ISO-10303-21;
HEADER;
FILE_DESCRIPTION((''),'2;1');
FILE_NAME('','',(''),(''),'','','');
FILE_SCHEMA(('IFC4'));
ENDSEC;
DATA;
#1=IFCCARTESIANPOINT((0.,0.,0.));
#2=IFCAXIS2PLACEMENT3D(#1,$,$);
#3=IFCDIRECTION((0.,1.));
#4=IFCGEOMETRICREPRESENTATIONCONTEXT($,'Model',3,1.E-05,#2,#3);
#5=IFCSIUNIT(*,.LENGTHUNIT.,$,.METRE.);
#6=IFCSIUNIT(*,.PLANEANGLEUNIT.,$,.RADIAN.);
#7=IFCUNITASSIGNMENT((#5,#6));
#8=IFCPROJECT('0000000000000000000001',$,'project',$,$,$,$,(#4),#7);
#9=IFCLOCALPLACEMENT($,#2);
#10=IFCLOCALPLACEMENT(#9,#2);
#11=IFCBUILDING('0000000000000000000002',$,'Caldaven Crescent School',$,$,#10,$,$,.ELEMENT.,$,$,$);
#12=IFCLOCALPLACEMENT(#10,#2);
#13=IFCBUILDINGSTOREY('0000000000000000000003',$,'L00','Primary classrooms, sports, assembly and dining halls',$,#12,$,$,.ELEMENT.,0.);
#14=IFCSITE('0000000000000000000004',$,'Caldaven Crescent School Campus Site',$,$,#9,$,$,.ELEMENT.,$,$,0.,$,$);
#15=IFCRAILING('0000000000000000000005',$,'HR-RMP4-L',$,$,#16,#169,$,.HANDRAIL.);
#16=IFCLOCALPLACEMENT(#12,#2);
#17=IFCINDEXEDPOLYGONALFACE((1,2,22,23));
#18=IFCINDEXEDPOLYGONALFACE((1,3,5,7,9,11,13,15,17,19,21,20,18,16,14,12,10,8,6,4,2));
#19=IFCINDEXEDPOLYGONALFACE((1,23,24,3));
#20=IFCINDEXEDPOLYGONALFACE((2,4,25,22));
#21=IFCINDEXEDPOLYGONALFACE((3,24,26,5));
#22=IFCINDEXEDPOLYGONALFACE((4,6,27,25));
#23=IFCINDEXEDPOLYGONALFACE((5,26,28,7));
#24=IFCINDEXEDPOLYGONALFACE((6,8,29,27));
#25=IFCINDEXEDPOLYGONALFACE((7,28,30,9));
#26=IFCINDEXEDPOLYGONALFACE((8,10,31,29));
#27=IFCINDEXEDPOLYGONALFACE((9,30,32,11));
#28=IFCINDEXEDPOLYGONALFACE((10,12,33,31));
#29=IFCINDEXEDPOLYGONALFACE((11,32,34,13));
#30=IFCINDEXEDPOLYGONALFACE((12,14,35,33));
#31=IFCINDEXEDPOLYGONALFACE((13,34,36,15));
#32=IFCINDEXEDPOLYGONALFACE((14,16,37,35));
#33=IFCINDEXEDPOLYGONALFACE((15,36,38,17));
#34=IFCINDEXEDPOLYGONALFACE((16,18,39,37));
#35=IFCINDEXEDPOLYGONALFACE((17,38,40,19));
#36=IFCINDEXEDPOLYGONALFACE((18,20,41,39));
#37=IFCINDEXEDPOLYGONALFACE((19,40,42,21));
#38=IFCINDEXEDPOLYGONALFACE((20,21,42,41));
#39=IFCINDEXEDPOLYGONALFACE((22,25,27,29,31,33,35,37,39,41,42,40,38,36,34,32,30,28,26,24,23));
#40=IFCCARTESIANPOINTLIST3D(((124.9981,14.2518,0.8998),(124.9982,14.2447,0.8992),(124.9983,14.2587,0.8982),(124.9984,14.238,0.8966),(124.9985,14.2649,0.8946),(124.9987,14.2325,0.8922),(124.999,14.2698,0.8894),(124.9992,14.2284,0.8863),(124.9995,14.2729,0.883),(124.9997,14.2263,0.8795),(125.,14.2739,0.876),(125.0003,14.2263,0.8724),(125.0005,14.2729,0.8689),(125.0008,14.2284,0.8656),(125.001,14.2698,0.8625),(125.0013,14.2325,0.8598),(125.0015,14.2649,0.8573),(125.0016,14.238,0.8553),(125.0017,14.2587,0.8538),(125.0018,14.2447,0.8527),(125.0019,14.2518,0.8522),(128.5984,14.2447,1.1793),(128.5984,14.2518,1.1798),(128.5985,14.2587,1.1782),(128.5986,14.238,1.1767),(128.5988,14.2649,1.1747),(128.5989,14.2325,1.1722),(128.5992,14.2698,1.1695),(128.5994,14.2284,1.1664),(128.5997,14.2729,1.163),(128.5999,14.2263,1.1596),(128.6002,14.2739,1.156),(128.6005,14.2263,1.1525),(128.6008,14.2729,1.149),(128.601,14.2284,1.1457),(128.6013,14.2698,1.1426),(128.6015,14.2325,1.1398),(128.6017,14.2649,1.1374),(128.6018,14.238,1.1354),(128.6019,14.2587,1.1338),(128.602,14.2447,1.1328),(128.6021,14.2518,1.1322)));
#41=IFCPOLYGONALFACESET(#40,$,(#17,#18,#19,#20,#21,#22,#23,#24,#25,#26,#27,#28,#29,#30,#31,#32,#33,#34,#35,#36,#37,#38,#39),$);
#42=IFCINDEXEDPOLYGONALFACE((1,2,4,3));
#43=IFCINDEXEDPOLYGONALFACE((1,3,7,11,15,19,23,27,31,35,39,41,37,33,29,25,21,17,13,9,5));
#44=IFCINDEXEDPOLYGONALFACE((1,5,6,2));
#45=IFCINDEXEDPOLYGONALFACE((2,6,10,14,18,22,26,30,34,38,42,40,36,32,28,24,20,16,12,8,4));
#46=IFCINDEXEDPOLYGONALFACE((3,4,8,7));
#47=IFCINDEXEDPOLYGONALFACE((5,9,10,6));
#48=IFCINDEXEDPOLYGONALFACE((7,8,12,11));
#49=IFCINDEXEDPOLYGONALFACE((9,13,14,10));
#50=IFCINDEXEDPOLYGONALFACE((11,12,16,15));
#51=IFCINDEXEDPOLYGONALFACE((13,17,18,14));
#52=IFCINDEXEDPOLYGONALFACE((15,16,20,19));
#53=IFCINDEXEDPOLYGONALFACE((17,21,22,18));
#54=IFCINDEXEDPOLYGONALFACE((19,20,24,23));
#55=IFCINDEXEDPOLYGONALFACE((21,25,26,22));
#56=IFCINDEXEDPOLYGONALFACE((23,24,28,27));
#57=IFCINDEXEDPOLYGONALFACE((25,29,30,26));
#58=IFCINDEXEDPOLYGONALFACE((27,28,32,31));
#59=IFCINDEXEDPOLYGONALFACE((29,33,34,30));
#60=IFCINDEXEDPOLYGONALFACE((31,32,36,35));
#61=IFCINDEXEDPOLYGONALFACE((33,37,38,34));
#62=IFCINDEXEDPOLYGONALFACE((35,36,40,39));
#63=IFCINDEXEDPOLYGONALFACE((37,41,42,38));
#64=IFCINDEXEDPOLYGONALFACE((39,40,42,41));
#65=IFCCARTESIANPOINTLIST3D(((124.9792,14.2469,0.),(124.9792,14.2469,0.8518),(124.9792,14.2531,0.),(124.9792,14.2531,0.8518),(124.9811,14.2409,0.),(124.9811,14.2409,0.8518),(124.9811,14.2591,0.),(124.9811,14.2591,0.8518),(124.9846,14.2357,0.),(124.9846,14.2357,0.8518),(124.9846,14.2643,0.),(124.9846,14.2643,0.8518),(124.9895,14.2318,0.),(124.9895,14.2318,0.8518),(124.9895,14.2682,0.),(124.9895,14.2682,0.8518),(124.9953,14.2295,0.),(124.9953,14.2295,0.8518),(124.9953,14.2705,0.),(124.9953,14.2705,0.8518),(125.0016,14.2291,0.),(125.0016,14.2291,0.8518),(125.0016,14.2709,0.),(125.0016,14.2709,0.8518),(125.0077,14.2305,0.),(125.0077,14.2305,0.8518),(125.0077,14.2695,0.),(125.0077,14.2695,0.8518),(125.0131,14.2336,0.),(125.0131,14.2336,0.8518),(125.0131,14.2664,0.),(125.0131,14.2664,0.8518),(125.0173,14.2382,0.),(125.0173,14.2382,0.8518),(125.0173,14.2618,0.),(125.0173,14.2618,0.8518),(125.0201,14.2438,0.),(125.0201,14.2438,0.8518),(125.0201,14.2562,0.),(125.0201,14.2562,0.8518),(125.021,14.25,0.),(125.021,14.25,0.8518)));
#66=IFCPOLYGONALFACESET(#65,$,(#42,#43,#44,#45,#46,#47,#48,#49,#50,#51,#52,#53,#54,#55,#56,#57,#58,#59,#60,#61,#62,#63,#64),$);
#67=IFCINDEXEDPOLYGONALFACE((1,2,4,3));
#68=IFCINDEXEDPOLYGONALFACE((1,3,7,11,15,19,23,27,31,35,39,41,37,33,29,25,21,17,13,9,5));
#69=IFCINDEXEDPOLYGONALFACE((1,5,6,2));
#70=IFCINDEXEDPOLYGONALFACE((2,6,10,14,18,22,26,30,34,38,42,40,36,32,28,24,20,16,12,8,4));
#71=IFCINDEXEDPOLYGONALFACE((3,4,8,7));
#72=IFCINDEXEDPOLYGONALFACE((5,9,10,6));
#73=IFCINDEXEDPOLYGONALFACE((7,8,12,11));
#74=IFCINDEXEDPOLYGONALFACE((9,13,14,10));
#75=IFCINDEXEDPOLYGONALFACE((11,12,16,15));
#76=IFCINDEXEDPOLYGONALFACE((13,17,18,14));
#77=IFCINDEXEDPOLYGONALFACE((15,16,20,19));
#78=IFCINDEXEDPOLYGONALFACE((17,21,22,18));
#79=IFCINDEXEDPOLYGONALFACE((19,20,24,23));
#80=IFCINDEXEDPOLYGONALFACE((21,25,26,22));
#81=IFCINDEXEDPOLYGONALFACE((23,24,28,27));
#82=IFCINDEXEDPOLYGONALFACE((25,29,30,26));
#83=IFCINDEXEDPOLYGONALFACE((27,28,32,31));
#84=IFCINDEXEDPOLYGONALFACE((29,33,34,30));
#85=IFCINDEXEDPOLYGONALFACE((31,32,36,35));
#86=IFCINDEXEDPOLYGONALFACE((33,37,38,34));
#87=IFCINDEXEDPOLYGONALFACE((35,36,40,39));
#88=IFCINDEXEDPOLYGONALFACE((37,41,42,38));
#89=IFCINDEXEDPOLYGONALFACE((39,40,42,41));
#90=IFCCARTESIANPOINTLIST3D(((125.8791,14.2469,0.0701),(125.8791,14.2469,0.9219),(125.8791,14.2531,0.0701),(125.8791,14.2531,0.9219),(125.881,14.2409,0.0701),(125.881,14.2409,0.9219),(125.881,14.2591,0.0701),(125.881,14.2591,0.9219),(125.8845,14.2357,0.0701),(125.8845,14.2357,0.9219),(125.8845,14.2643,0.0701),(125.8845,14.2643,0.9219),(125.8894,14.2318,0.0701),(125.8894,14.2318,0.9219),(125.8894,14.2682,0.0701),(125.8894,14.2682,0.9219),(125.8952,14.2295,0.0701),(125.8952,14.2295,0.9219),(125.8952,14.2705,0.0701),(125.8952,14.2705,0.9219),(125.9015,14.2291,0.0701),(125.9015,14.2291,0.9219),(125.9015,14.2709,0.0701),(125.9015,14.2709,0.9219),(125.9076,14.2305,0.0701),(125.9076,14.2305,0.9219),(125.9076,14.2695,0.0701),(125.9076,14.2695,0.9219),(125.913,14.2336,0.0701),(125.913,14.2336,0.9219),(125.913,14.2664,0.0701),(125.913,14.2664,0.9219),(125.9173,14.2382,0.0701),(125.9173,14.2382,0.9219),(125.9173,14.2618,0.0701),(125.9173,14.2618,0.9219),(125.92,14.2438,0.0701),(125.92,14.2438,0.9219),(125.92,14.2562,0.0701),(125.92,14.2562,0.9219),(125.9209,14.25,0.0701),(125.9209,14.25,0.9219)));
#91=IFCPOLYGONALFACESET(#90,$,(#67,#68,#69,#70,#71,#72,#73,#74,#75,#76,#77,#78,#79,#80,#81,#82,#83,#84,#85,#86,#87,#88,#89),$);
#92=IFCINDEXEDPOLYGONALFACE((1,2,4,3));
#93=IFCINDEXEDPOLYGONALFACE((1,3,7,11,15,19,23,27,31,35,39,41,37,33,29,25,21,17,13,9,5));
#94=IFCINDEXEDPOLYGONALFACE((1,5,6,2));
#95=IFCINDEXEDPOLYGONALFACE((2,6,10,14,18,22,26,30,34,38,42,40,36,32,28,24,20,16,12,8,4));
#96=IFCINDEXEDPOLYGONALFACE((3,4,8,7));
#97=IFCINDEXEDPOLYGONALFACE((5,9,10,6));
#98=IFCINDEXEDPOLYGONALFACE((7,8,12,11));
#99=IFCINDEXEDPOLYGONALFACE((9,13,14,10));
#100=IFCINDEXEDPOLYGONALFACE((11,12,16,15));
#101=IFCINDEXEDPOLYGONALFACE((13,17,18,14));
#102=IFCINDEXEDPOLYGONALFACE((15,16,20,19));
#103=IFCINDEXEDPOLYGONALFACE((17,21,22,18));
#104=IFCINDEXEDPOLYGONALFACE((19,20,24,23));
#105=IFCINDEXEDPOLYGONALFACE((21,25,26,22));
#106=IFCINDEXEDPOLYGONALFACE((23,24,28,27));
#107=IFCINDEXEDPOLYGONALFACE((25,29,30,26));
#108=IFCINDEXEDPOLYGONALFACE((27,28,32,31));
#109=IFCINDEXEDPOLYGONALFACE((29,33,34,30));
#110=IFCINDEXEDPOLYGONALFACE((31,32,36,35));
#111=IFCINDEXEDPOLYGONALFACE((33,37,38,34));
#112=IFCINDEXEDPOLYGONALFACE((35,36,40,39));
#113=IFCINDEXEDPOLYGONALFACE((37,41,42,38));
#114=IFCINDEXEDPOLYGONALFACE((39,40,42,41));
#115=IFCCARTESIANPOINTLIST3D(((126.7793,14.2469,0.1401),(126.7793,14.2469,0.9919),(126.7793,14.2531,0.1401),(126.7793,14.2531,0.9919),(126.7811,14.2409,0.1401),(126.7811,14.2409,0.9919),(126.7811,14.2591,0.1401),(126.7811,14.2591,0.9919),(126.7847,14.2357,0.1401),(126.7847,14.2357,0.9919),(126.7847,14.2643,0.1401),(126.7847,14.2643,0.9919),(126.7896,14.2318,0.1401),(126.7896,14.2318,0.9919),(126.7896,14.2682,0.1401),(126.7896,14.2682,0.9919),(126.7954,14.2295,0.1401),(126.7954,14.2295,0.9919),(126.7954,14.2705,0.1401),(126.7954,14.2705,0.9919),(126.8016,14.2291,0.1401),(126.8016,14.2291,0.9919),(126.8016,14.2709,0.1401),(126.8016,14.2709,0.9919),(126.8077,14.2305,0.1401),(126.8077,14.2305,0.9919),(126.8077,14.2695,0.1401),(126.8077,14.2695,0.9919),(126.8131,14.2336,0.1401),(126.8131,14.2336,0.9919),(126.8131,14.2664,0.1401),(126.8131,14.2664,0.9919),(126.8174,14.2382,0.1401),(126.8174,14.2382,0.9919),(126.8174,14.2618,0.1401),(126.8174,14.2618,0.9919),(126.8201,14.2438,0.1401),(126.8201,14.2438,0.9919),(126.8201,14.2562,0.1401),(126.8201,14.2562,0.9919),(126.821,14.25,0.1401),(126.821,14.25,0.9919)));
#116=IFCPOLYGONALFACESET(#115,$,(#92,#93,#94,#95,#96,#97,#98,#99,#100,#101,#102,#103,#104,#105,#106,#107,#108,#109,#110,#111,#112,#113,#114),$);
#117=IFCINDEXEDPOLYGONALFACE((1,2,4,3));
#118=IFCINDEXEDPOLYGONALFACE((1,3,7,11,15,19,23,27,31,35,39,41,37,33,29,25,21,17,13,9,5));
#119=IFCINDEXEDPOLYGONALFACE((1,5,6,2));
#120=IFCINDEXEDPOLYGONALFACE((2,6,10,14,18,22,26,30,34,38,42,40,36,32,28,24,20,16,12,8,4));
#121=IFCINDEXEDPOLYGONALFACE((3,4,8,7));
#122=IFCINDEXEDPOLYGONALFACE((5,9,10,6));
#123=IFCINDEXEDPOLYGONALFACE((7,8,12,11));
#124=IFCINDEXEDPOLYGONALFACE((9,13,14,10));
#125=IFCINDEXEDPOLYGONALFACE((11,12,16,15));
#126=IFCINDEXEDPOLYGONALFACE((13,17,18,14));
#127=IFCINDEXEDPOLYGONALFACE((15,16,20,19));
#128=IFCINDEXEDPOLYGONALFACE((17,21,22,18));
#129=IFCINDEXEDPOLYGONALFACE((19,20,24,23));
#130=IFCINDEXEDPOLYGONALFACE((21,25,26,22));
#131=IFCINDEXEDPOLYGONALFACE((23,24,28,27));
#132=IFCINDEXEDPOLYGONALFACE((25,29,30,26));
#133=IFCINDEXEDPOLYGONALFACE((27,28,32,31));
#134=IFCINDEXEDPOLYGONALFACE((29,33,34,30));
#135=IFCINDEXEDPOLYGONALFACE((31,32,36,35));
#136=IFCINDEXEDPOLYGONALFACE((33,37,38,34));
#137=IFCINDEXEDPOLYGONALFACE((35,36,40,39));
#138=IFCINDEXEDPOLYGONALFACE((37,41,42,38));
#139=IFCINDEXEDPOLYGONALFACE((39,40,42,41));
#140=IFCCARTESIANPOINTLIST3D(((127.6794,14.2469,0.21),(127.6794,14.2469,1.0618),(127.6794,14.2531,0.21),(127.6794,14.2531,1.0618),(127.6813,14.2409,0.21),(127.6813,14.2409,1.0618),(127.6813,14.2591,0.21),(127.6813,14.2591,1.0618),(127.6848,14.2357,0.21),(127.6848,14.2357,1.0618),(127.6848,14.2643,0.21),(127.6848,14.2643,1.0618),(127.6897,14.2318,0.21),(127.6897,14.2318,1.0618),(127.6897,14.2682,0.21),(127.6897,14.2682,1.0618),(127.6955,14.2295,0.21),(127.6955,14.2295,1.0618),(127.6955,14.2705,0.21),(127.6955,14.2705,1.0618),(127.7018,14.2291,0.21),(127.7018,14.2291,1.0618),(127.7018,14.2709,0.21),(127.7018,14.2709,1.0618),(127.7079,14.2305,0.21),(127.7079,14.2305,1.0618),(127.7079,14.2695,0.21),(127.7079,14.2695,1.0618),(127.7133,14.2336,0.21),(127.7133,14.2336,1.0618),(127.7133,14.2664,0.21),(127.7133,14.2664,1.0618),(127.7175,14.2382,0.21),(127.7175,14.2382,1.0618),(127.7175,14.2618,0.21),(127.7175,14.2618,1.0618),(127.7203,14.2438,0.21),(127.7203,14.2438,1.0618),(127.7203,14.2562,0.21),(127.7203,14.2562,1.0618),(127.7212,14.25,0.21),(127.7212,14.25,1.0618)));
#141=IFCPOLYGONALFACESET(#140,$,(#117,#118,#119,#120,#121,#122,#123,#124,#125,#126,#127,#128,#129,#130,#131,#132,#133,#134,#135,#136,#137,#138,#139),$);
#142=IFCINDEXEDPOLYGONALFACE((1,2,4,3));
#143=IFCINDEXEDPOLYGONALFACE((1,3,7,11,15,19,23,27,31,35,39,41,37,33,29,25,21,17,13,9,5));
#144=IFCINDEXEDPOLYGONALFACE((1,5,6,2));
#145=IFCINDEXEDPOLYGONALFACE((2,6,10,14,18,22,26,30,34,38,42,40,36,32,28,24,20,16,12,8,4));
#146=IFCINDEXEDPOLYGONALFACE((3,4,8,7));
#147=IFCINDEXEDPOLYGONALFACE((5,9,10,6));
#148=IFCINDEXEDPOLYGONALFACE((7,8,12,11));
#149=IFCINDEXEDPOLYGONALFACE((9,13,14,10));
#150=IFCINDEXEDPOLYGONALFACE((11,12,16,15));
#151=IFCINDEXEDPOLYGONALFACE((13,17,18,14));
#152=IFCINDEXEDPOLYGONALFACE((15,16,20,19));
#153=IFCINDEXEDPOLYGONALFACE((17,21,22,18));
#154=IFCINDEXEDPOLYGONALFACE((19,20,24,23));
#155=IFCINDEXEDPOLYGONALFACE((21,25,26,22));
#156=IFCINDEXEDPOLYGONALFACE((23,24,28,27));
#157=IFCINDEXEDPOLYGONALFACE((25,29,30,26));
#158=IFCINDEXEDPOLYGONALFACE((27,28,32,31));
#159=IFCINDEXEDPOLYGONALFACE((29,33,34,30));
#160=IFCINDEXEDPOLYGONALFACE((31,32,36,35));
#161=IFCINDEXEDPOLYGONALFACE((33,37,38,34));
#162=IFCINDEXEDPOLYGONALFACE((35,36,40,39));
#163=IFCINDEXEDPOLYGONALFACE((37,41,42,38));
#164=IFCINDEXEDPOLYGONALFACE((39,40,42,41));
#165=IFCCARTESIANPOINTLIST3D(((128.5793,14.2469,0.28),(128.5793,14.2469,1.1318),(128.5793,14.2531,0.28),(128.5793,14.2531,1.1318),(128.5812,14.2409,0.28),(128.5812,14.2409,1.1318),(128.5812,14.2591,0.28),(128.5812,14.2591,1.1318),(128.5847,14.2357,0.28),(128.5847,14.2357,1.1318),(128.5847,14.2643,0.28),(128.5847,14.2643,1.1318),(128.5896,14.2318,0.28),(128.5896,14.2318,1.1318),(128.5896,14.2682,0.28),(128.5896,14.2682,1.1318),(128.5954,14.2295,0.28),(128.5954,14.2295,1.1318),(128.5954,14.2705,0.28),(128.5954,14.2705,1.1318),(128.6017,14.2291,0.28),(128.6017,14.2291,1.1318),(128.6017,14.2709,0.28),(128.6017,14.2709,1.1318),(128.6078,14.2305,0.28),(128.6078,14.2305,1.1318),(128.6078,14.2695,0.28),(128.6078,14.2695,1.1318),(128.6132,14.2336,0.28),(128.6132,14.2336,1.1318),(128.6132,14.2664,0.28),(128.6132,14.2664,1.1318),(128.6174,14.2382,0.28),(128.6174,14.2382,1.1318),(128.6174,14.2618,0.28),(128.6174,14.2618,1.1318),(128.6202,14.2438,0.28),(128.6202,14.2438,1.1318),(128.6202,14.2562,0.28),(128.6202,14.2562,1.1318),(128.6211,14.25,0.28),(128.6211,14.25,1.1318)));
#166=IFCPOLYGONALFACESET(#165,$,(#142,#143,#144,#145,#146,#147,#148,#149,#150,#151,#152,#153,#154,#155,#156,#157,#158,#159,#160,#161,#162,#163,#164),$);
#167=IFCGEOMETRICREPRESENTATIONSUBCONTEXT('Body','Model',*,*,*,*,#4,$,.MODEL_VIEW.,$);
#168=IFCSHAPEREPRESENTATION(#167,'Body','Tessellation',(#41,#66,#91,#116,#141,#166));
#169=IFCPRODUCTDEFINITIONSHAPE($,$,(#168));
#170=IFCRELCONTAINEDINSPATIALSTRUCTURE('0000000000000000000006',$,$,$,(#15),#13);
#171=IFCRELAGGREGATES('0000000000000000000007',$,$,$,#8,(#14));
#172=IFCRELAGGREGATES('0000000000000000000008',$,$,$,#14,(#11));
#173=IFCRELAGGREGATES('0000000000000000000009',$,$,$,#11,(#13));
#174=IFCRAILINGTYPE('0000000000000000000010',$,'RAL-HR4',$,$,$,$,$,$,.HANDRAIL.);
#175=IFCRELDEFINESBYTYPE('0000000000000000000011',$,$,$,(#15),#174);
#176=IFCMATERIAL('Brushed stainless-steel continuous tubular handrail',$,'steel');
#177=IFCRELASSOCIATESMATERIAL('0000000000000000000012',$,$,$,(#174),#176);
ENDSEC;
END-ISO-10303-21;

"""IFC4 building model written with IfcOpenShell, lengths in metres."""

from ifc_helpers import new_model, si_unit, direction, frame, origin, origin_2d, place, context, subcontext, project, spatial, circle, extrude, material, type_object, element, save


model = new_model("IFC4")

# Units and contexts
model_context = context("Model", 3, precision=1e-05, world=origin(), true_north=direction((0.0, 1.0)))
body_context = subcontext(model_context, "Body", "Model", "MODEL_VIEW")
ifc_project = project(units=[si_unit("LENGTHUNIT", "METRE"), si_unit("PLANEANGLEUNIT", "RADIAN")], contexts=[model_context])

# Site, building, storey
site_placement = place(None, origin())
site = spatial("IfcSite", under=ifc_project, at=site_placement, Name="Caldaven Crescent School Campus Site", CompositionType="ELEMENT", RefElevation=0.0)
building_placement = place(site_placement, origin())
building = spatial("IfcBuilding", under=site, at=building_placement, Name="Caldaven Crescent School", CompositionType="ELEMENT")
storey_placement = place(building_placement, origin())
storey = spatial("IfcBuildingStorey", under=building, at=storey_placement, Name="L00", Description="Primary classrooms, sports, assembly and dining halls", CompositionType="ELEMENT", Elevation=0.0)

# Railing
ifc_material_1 = material(Name="Brushed stainless-steel continuous tubular handrail", Category="steel")
railing_type = type_object("IfcRailingType", Name="RAL-HR4", PredefinedType="HANDRAIL", material=ifc_material_1)
for number, where, name in (
    (1, (125.0, 14.25, 0.0), "HR-RMP4-L"),
):
    element("IfcRailing", number, at=place(storey_placement, frame(where)), inside=storey, type_object=railing_type, Name=name, PredefinedType="HANDRAIL", context=body_context, shape_type="SweptSolid", body=[
        extrude(circle(Radius=0.0239, at=origin_2d()), frame((0.0, 0.0, 0.876), z_axis=(0.996988, 0.0, 0.07755), x_axis=(0.0, 1.0, 0.0)), (0.0, 0.0, 1.0), 3.6111),
        extrude(circle(Radius=0.021, at=origin_2d()), origin(), (0.0, 0.0, 1.0), 0.8518),
        extrude(circle(Radius=0.021, at=origin_2d()), frame((0.8999, 0.0, 0.0701)), (0.0, 0.0, 1.0), 0.8518),
        extrude(circle(Radius=0.021, at=origin_2d()), frame((1.8, 0.0, 0.1401)), (0.0, 0.0, 1.0), 0.8518),
        extrude(circle(Radius=0.021, at=origin_2d()), frame((2.7002, 0.0, 0.21)), (0.0, 0.0, 1.0), 0.8518),
        extrude(circle(Radius=0.021, at=origin_2d()), frame((3.6001, 0.0, 0.28)), (0.0, 0.0, 1.0), 0.8518),
    ])

save(model, "model.ifc")
